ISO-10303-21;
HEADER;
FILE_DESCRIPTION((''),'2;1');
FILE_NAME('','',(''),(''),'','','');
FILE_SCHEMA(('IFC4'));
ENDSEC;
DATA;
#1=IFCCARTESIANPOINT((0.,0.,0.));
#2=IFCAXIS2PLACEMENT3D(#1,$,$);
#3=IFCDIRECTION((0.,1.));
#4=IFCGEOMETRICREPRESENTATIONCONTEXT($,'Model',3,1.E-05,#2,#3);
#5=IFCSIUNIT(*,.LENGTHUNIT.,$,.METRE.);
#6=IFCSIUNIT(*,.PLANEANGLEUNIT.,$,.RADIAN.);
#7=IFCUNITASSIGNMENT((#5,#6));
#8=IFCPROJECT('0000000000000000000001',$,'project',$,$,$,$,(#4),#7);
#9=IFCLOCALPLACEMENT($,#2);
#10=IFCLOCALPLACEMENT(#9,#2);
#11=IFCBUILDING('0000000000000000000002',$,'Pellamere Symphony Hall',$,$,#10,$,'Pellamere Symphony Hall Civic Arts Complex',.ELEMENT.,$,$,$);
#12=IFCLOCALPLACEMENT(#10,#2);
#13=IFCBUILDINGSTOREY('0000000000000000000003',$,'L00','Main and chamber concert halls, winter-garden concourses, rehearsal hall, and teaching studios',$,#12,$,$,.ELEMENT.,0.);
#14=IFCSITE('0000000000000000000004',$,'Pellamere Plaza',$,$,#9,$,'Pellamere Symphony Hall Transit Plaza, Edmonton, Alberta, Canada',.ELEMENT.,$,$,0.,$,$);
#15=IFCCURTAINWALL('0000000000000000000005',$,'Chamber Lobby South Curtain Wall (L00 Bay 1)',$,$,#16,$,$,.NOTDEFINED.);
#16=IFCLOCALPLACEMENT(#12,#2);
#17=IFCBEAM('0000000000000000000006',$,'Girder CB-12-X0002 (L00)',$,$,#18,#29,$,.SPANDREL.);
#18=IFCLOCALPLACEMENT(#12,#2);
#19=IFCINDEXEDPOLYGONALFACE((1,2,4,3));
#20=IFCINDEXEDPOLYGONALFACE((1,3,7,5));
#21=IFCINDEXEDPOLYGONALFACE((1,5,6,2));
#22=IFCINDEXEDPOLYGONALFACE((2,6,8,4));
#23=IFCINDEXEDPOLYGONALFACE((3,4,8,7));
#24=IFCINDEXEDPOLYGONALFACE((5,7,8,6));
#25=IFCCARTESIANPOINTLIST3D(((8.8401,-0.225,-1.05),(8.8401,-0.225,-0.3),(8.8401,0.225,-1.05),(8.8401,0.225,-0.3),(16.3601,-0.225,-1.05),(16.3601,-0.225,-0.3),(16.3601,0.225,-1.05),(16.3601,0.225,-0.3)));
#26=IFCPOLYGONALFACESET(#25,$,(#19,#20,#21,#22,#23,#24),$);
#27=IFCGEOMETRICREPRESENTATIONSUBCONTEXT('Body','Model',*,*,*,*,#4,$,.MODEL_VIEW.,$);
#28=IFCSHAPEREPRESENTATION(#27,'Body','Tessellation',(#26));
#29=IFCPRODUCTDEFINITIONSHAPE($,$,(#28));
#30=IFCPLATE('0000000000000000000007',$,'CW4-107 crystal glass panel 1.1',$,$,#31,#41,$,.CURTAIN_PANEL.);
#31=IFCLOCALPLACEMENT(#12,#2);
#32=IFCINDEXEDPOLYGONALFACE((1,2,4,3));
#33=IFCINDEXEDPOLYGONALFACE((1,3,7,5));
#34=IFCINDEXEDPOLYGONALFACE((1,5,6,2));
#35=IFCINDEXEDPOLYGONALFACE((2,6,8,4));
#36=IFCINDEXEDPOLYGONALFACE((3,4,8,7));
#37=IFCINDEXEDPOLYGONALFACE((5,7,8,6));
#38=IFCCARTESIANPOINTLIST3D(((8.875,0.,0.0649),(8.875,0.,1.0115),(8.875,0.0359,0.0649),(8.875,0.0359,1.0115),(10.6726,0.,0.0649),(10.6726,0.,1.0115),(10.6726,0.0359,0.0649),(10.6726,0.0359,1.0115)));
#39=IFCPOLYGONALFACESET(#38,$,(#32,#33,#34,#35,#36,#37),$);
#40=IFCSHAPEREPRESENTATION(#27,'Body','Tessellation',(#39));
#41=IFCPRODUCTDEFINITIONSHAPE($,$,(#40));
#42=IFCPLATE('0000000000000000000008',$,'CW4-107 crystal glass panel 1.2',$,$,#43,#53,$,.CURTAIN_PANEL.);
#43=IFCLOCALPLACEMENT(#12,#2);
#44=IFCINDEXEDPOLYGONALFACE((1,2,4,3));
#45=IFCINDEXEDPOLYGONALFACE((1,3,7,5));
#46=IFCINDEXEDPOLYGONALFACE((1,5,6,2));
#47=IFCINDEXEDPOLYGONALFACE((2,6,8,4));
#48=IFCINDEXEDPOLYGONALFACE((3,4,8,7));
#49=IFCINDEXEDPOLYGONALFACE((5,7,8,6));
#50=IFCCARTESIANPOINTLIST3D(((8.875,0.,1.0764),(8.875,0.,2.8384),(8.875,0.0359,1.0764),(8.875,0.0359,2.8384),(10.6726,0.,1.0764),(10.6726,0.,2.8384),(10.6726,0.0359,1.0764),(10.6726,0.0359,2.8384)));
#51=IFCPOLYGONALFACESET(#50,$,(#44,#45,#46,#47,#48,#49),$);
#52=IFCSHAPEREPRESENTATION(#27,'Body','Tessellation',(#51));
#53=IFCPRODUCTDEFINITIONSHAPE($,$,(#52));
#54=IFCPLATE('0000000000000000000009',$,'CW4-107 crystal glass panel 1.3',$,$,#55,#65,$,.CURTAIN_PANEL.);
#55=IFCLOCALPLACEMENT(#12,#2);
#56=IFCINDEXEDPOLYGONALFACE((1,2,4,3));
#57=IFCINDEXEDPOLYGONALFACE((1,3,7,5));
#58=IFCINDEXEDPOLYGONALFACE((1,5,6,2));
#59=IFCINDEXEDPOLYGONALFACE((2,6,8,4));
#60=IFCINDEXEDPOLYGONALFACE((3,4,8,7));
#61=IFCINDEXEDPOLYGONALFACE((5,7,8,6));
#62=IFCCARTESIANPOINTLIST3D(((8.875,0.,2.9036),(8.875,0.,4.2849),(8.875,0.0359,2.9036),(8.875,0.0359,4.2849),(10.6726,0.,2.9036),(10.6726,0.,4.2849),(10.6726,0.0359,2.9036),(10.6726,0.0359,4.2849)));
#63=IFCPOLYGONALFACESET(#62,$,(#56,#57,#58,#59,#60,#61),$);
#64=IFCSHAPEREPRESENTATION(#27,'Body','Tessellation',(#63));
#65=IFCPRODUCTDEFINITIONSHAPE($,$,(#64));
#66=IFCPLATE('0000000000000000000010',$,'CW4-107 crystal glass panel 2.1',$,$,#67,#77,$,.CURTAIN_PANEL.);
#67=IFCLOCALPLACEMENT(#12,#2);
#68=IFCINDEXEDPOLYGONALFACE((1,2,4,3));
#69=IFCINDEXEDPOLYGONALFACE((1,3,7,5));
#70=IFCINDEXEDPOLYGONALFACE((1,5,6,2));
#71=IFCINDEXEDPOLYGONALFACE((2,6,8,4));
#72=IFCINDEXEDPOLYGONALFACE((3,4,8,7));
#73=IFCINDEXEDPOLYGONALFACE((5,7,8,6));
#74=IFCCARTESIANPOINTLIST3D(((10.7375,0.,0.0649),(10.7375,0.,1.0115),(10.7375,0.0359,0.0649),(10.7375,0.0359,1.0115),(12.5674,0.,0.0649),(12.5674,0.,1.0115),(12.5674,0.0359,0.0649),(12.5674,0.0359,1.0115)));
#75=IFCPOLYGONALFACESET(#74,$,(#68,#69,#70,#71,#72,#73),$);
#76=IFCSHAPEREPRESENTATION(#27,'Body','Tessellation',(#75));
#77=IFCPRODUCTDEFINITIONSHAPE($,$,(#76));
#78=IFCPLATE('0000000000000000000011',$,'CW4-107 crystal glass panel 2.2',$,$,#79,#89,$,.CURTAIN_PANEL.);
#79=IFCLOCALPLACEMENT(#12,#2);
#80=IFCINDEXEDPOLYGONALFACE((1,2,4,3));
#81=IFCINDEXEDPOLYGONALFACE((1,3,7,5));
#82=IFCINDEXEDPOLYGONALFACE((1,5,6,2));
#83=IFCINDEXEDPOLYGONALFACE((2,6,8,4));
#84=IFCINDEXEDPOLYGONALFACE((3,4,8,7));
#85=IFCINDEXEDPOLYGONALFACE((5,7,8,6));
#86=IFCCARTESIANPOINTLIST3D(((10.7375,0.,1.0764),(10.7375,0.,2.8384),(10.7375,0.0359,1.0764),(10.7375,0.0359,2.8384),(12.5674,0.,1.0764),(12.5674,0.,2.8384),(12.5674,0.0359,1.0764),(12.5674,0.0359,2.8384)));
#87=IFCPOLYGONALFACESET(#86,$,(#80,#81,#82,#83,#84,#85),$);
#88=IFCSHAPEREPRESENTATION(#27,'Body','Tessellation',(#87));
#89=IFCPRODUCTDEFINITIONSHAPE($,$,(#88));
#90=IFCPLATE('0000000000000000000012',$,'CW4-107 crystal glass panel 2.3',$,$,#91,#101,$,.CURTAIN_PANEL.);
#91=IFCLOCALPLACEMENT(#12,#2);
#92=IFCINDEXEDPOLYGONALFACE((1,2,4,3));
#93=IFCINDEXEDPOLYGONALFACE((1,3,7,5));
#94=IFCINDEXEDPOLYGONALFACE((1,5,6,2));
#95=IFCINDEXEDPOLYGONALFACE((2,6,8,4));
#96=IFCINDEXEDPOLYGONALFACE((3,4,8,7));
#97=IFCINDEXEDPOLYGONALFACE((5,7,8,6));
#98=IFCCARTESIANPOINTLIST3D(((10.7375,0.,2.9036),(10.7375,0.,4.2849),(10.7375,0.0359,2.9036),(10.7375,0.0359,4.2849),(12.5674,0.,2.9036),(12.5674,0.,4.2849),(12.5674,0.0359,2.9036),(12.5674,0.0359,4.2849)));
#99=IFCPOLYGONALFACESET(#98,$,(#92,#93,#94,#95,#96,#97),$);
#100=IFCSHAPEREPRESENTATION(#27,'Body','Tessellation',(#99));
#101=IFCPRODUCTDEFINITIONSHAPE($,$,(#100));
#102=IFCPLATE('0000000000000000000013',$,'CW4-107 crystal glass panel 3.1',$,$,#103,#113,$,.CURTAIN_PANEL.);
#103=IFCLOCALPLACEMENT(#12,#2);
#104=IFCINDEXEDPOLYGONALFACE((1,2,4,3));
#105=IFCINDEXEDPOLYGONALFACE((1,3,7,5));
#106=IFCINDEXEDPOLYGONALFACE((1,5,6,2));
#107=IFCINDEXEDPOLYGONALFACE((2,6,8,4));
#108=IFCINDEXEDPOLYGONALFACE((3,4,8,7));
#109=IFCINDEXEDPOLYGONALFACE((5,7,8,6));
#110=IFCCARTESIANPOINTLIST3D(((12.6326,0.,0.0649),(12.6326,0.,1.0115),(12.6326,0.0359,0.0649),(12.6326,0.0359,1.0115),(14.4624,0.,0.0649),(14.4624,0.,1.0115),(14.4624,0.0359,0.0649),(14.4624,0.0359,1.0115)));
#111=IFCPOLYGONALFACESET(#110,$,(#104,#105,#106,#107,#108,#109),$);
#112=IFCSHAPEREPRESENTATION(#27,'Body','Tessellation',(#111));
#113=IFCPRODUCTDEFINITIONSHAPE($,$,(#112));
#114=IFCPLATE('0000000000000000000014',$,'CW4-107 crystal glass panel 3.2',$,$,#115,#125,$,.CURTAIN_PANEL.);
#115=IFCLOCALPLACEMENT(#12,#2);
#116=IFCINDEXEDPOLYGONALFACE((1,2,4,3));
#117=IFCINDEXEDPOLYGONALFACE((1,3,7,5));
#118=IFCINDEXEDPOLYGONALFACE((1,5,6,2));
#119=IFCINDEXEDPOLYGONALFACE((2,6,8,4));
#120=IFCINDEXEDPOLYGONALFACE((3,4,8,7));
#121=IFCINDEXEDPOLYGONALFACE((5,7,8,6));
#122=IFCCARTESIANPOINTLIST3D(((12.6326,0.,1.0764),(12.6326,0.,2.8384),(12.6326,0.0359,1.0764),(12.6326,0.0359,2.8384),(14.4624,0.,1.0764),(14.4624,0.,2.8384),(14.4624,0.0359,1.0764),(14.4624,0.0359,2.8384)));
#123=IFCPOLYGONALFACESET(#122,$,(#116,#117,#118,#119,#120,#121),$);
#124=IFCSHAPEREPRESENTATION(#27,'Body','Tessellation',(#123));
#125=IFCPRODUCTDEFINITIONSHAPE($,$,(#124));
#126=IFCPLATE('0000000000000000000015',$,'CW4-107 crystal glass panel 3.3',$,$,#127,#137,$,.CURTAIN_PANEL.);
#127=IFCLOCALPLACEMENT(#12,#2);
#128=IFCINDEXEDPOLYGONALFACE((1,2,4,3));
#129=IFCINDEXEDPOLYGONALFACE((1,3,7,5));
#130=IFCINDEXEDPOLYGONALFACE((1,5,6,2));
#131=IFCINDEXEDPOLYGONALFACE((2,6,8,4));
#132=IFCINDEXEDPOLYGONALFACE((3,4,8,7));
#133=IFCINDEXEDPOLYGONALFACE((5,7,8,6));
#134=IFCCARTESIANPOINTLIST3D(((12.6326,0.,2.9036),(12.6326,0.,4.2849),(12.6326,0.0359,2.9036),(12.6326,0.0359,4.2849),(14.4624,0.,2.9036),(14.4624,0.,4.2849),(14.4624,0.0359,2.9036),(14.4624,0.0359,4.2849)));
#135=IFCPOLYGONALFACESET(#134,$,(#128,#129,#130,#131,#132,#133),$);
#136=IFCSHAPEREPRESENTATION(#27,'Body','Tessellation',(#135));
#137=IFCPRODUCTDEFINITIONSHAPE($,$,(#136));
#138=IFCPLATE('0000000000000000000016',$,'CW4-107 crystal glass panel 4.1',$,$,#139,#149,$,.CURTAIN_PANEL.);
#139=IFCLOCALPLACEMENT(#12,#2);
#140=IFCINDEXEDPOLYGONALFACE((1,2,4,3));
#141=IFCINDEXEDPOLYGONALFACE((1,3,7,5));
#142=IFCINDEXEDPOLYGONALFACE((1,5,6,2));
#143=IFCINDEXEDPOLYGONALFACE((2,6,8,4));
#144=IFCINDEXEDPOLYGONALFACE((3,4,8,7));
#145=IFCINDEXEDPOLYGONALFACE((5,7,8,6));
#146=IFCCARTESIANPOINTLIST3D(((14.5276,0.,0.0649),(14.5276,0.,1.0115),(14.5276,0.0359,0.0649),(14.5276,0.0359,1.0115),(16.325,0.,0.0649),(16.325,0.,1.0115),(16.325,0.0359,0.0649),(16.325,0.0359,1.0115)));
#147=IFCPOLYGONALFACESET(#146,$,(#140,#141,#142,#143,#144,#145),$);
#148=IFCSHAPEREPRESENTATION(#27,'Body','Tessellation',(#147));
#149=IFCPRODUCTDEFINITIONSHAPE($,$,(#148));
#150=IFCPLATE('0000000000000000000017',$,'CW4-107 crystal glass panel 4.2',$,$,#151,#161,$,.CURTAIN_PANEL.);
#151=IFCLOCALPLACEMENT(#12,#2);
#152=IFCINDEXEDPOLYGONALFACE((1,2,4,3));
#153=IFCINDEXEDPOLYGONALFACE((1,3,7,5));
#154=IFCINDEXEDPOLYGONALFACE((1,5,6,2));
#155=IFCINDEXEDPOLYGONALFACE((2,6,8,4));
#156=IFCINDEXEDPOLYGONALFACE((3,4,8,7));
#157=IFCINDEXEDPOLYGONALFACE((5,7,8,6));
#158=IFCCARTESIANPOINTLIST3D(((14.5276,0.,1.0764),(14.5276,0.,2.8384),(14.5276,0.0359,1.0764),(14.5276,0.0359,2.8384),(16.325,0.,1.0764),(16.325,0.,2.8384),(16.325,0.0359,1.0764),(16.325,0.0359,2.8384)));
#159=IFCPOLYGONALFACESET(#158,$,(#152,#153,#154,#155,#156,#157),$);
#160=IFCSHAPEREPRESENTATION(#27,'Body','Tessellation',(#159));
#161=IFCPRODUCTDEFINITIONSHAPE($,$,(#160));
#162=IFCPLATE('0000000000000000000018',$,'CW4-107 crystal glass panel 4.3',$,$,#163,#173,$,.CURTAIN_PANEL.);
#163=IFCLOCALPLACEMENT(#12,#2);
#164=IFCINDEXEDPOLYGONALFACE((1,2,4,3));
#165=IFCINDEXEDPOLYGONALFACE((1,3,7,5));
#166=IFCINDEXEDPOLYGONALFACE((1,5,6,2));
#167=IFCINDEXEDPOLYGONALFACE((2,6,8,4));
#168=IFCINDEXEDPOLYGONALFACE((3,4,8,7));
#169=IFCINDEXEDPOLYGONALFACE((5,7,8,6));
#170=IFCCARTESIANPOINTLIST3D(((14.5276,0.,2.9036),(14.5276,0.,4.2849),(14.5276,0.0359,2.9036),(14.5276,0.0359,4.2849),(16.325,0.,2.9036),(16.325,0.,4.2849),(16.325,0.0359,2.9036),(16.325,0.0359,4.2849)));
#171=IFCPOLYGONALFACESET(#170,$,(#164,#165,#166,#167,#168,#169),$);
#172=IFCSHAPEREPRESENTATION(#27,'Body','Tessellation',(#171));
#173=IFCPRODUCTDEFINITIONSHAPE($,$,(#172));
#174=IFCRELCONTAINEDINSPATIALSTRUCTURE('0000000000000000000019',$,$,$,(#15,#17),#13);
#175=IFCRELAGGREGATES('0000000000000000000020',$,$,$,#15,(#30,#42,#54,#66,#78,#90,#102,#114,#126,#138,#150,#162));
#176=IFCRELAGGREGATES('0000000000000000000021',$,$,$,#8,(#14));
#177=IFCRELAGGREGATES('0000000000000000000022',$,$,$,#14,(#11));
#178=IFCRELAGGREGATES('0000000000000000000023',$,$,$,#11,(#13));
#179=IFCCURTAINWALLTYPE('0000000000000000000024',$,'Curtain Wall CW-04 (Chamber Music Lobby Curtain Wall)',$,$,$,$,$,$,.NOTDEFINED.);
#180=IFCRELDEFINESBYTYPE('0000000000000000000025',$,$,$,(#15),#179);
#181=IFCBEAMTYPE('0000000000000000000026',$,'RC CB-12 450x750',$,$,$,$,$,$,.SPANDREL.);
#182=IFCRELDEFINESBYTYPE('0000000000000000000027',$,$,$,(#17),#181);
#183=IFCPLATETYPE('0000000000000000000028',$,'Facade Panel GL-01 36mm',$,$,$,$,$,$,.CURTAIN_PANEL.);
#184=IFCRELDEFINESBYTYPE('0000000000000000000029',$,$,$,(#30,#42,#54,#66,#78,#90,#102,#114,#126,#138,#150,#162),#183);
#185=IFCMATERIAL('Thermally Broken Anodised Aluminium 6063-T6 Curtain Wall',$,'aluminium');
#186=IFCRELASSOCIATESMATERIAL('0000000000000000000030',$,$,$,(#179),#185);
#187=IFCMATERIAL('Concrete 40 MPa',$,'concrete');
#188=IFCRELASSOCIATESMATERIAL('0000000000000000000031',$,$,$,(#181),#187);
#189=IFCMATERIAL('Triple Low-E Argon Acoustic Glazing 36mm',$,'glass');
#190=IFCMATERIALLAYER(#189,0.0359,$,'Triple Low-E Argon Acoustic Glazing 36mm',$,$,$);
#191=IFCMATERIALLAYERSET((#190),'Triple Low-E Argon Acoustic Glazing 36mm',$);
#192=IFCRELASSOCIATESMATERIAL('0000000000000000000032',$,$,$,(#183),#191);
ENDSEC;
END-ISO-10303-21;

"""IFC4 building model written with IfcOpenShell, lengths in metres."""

from ifc_helpers import new_model, si_unit, direction, frame, origin, origin_2d, place, context, subcontext, project, spatial, polyline, rectangle, outline, extrude, material, layer, layer_set, material_profile, profile_set, type_object, element, aggregate, save


model = new_model("IFC4")

# Units and contexts
model_context = context("Model", 3, precision=1e-05, world=origin(), true_north=direction((0.0, 1.0)))
body_context = subcontext(model_context, "Body", "Model", "MODEL_VIEW")
ifc_project = project(units=[si_unit("LENGTHUNIT", "METRE"), si_unit("PLANEANGLEUNIT", "RADIAN")], contexts=[model_context])

# Site, building, storey
site_placement = place(None, origin())
site = spatial("IfcSite", under=ifc_project, at=site_placement, Name="Pellamere Plaza", LongName="Pellamere Symphony Hall Transit Plaza, Edmonton, Alberta, Canada", CompositionType="ELEMENT", RefElevation=0.0)
building_placement = place(site_placement, origin())
building = spatial("IfcBuilding", under=site, at=building_placement, Name="Pellamere Symphony Hall", LongName="Pellamere Symphony Hall Civic Arts Complex", CompositionType="ELEMENT")
storey_placement = place(building_placement, origin())
storey = spatial("IfcBuildingStorey", under=building, at=storey_placement, Name="L00", Description="Main and chamber concert halls, winter-garden concourses, rehearsal hall, and teaching studios", CompositionType="ELEMENT", Elevation=0.0)

# Shared definitions
ifc_material_1 = material(Name="Concrete 40 MPa", Category="concrete")

# Curtain wall
ifc_material_2 = material(Name="Thermally Broken Anodised Aluminium 6063-T6 Curtain Wall", Category="aluminium")
curtain_wall_type = type_object("IfcCurtainWallType", Name="Curtain Wall CW-04 (Chamber Music Lobby Curtain Wall)", PredefinedType="NOTDEFINED", material=ifc_material_2)
curtain_wall_placement = place(storey_placement, origin())
curtain_wall = element("IfcCurtainWall", 1, at=curtain_wall_placement, inside=storey, type_object=curtain_wall_type, Name="Chamber Lobby South Curtain Wall (L00 Bay 1)", PredefinedType="NOTDEFINED")

# Beam
ifc_material_profile_1 = material_profile(ifc_material_1, rectangle(XDim=0.45, YDim=0.75, at=origin_2d()), Name="RC 450x750")
ifc_profile_set_1 = profile_set([ifc_material_profile_1], Name="Concrete 40 MPa")
beam_type = type_object("IfcBeamType", Name="RC CB-12 450x750", PredefinedType="SPANDREL", material=ifc_profile_set_1)
beam_placement = place(storey_placement, frame((8.8401, 0.0, -0.675), z_axis=(1.0, 0.0, 0.0), x_axis=(0.0, 1.0, 0.0)))
element("IfcBeam", 2, at=beam_placement, inside=storey, type_object=beam_type, Name="Girder CB-12-X0002 (L00)", PredefinedType="SPANDREL", context=body_context, shape_type="SweptSolid", body=[
    extrude(rectangle(XDim=0.45, YDim=0.75, at=origin_2d()), origin(), (0.0, 0.0, 1.0), 7.52),
])

# Plates
ifc_material_3 = material(Name="Triple Low-E Argon Acoustic Glazing 36mm", Category="glass")
ifc_layer_1 = layer(ifc_material_3, 0.0359, Name="Triple Low-E Argon Acoustic Glazing 36mm")
ifc_layer_set_1 = layer_set([ifc_layer_1], Name="Triple Low-E Argon Acoustic Glazing 36mm")
plate_type = type_object("IfcPlateType", Name="Facade Panel GL-01 36mm", PredefinedType="CURTAIN_PANEL", material=ifc_layer_set_1)
plate_1_placement = place(storey_placement, frame((8.875, 0.0, 0.0649), z_axis=(0.0, -1.0, 0.0), x_axis=(1.0, 0.0, 0.0)))
plate_1 = element("IfcPlate", 3, at=plate_1_placement, type_object=plate_type, Name="CW4-107 crystal glass panel 1.1", PredefinedType="CURTAIN_PANEL", context=body_context, shape_type="SweptSolid", body=[
    extrude(outline(polyline([(0.0, 0.0), (1.7976, 0.0), (1.7976, 0.9465), (0.0, 0.9465), (0.0, 0.0)])), origin(), (0.0, 0.0, -1.0), 0.0359),
])
plate_2_placement = place(storey_placement, frame((8.875, 0.0, 1.0764), z_axis=(0.0, -1.0, 0.0), x_axis=(1.0, 0.0, 0.0)))
plate_2 = element("IfcPlate", 4, at=plate_2_placement, type_object=plate_type, Name="CW4-107 crystal glass panel 1.2", PredefinedType="CURTAIN_PANEL", context=body_context, shape_type="SweptSolid", body=[
    extrude(outline(polyline([(0.0, 0.0), (1.7976, 0.0), (1.7976, 1.762), (0.0, 1.762), (0.0, 0.0)])), origin(), (0.0, 0.0, -1.0), 0.0359),
])
plate_3_placement = place(storey_placement, frame((8.875, 0.0, 2.9036), z_axis=(0.0, -1.0, 0.0), x_axis=(1.0, 0.0, 0.0)))
plate_3 = element("IfcPlate", 5, at=plate_3_placement, type_object=plate_type, Name="CW4-107 crystal glass panel 1.3", PredefinedType="CURTAIN_PANEL", context=body_context, shape_type="SweptSolid", body=[
    extrude(outline(polyline([(0.0, 0.0), (1.7976, 0.0), (1.7976, 1.3813), (0.0, 1.3813), (0.0, 0.0)])), origin(), (0.0, 0.0, -1.0), 0.0359),
])
plate_4_placement = place(storey_placement, frame((10.7375, 0.0, 0.0649), z_axis=(0.0, -1.0, 0.0), x_axis=(1.0, 0.0, 0.0)))
plate_4 = element("IfcPlate", 6, at=plate_4_placement, type_object=plate_type, Name="CW4-107 crystal glass panel 2.1", PredefinedType="CURTAIN_PANEL", context=body_context, shape_type="SweptSolid", body=[
    extrude(outline(polyline([(0.0, 0.0), (1.8298, 0.0), (1.8298, 0.9465), (0.0, 0.9465), (0.0, 0.0)])), origin(), (0.0, 0.0, -1.0), 0.0359),
])
plate_5_placement = place(storey_placement, frame((10.7375, 0.0, 1.0764), z_axis=(0.0, -1.0, 0.0), x_axis=(1.0, 0.0, 0.0)))
plate_5 = element("IfcPlate", 7, at=plate_5_placement, type_object=plate_type, Name="CW4-107 crystal glass panel 2.2", PredefinedType="CURTAIN_PANEL", context=body_context, shape_type="SweptSolid", body=[
    extrude(outline(polyline([(0.0, 0.0), (1.8298, 0.0), (1.8298, 1.762), (0.0, 1.762), (0.0, 0.0)])), origin(), (0.0, 0.0, -1.0), 0.0359),
])
plate_6_placement = place(storey_placement, frame((10.7375, 0.0, 2.9036), z_axis=(0.0, -1.0, 0.0), x_axis=(1.0, 0.0, 0.0)))
plate_6 = element("IfcPlate", 8, at=plate_6_placement, type_object=plate_type, Name="CW4-107 crystal glass panel 2.3", PredefinedType="CURTAIN_PANEL", context=body_context, shape_type="SweptSolid", body=[
    extrude(outline(polyline([(0.0, 0.0), (1.8298, 0.0), (1.8298, 1.3813), (0.0, 1.3813), (0.0, 0.0)])), origin(), (0.0, 0.0, -1.0), 0.0359),
])
plate_7_placement = place(storey_placement, frame((12.6326, 0.0, 0.0649), z_axis=(0.0, -1.0, 0.0), x_axis=(1.0, 0.0, 0.0)))
plate_7 = element("IfcPlate", 9, at=plate_7_placement, type_object=plate_type, Name="CW4-107 crystal glass panel 3.1", PredefinedType="CURTAIN_PANEL", context=body_context, shape_type="SweptSolid", body=[
    extrude(outline(polyline([(0.0, 0.0), (1.8298, 0.0), (1.8298, 0.9465), (0.0, 0.9465), (0.0, 0.0)])), origin(), (0.0, 0.0, -1.0), 0.0359),
])
plate_8_placement = place(storey_placement, frame((12.6326, 0.0, 1.0764), z_axis=(0.0, -1.0, 0.0), x_axis=(1.0, 0.0, 0.0)))
plate_8 = element("IfcPlate", 10, at=plate_8_placement, type_object=plate_type, Name="CW4-107 crystal glass panel 3.2", PredefinedType="CURTAIN_PANEL", context=body_context, shape_type="SweptSolid", body=[
    extrude(outline(polyline([(0.0, 0.0), (1.8298, 0.0), (1.8298, 1.762), (0.0, 1.762), (0.0, 0.0)])), origin(), (0.0, 0.0, -1.0), 0.0359),
])
plate_9_placement = place(storey_placement, frame((12.6326, 0.0, 2.9036), z_axis=(0.0, -1.0, 0.0), x_axis=(1.0, 0.0, 0.0)))
plate_9 = element("IfcPlate", 11, at=plate_9_placement, type_object=plate_type, Name="CW4-107 crystal glass panel 3.3", PredefinedType="CURTAIN_PANEL", context=body_context, shape_type="SweptSolid", body=[
    extrude(outline(polyline([(0.0, 0.0), (1.8298, 0.0), (1.8298, 1.3813), (0.0, 1.3813), (0.0, 0.0)])), origin(), (0.0, 0.0, -1.0), 0.0359),
])
plate_10_placement = place(storey_placement, frame((14.5276, 0.0, 0.0649), z_axis=(0.0, -1.0, 0.0), x_axis=(1.0, 0.0, 0.0)))
plate_10 = element("IfcPlate", 12, at=plate_10_placement, type_object=plate_type, Name="CW4-107 crystal glass panel 4.1", PredefinedType="CURTAIN_PANEL", context=body_context, shape_type="SweptSolid", body=[
    extrude(outline(polyline([(0.0, 0.0), (1.7974, 0.0), (1.7974, 0.9465), (0.0, 0.9465), (0.0, 0.0)])), origin(), (0.0, 0.0, -1.0), 0.0359),
])
plate_11_placement = place(storey_placement, frame((14.5276, 0.0, 1.0764), z_axis=(0.0, -1.0, 0.0), x_axis=(1.0, 0.0, 0.0)))
plate_11 = element("IfcPlate", 13, at=plate_11_placement, type_object=plate_type, Name="CW4-107 crystal glass panel 4.2", PredefinedType="CURTAIN_PANEL", context=body_context, shape_type="SweptSolid", body=[
    extrude(outline(polyline([(0.0, 0.0), (1.7974, 0.0), (1.7974, 1.762), (0.0, 1.762), (0.0, 0.0)])), origin(), (0.0, 0.0, -1.0), 0.0359),
])
plate_12_placement = place(storey_placement, frame((14.5276, 0.0, 2.9036), z_axis=(0.0, -1.0, 0.0), x_axis=(1.0, 0.0, 0.0)))
plate_12 = element("IfcPlate", 14, at=plate_12_placement, type_object=plate_type, Name="CW4-107 crystal glass panel 4.3", PredefinedType="CURTAIN_PANEL", context=body_context, shape_type="SweptSolid", body=[
    extrude(outline(polyline([(0.0, 0.0), (1.7974, 0.0), (1.7974, 1.3813), (0.0, 1.3813), (0.0, 0.0)])), origin(), (0.0, 0.0, -1.0), 0.0359),
])
aggregate(curtain_wall, [plate_1, plate_2, plate_3, plate_4, plate_5, plate_6, plate_7, plate_8, plate_9, plate_10, plate_11, plate_12])

save(model, "model.ifc")
